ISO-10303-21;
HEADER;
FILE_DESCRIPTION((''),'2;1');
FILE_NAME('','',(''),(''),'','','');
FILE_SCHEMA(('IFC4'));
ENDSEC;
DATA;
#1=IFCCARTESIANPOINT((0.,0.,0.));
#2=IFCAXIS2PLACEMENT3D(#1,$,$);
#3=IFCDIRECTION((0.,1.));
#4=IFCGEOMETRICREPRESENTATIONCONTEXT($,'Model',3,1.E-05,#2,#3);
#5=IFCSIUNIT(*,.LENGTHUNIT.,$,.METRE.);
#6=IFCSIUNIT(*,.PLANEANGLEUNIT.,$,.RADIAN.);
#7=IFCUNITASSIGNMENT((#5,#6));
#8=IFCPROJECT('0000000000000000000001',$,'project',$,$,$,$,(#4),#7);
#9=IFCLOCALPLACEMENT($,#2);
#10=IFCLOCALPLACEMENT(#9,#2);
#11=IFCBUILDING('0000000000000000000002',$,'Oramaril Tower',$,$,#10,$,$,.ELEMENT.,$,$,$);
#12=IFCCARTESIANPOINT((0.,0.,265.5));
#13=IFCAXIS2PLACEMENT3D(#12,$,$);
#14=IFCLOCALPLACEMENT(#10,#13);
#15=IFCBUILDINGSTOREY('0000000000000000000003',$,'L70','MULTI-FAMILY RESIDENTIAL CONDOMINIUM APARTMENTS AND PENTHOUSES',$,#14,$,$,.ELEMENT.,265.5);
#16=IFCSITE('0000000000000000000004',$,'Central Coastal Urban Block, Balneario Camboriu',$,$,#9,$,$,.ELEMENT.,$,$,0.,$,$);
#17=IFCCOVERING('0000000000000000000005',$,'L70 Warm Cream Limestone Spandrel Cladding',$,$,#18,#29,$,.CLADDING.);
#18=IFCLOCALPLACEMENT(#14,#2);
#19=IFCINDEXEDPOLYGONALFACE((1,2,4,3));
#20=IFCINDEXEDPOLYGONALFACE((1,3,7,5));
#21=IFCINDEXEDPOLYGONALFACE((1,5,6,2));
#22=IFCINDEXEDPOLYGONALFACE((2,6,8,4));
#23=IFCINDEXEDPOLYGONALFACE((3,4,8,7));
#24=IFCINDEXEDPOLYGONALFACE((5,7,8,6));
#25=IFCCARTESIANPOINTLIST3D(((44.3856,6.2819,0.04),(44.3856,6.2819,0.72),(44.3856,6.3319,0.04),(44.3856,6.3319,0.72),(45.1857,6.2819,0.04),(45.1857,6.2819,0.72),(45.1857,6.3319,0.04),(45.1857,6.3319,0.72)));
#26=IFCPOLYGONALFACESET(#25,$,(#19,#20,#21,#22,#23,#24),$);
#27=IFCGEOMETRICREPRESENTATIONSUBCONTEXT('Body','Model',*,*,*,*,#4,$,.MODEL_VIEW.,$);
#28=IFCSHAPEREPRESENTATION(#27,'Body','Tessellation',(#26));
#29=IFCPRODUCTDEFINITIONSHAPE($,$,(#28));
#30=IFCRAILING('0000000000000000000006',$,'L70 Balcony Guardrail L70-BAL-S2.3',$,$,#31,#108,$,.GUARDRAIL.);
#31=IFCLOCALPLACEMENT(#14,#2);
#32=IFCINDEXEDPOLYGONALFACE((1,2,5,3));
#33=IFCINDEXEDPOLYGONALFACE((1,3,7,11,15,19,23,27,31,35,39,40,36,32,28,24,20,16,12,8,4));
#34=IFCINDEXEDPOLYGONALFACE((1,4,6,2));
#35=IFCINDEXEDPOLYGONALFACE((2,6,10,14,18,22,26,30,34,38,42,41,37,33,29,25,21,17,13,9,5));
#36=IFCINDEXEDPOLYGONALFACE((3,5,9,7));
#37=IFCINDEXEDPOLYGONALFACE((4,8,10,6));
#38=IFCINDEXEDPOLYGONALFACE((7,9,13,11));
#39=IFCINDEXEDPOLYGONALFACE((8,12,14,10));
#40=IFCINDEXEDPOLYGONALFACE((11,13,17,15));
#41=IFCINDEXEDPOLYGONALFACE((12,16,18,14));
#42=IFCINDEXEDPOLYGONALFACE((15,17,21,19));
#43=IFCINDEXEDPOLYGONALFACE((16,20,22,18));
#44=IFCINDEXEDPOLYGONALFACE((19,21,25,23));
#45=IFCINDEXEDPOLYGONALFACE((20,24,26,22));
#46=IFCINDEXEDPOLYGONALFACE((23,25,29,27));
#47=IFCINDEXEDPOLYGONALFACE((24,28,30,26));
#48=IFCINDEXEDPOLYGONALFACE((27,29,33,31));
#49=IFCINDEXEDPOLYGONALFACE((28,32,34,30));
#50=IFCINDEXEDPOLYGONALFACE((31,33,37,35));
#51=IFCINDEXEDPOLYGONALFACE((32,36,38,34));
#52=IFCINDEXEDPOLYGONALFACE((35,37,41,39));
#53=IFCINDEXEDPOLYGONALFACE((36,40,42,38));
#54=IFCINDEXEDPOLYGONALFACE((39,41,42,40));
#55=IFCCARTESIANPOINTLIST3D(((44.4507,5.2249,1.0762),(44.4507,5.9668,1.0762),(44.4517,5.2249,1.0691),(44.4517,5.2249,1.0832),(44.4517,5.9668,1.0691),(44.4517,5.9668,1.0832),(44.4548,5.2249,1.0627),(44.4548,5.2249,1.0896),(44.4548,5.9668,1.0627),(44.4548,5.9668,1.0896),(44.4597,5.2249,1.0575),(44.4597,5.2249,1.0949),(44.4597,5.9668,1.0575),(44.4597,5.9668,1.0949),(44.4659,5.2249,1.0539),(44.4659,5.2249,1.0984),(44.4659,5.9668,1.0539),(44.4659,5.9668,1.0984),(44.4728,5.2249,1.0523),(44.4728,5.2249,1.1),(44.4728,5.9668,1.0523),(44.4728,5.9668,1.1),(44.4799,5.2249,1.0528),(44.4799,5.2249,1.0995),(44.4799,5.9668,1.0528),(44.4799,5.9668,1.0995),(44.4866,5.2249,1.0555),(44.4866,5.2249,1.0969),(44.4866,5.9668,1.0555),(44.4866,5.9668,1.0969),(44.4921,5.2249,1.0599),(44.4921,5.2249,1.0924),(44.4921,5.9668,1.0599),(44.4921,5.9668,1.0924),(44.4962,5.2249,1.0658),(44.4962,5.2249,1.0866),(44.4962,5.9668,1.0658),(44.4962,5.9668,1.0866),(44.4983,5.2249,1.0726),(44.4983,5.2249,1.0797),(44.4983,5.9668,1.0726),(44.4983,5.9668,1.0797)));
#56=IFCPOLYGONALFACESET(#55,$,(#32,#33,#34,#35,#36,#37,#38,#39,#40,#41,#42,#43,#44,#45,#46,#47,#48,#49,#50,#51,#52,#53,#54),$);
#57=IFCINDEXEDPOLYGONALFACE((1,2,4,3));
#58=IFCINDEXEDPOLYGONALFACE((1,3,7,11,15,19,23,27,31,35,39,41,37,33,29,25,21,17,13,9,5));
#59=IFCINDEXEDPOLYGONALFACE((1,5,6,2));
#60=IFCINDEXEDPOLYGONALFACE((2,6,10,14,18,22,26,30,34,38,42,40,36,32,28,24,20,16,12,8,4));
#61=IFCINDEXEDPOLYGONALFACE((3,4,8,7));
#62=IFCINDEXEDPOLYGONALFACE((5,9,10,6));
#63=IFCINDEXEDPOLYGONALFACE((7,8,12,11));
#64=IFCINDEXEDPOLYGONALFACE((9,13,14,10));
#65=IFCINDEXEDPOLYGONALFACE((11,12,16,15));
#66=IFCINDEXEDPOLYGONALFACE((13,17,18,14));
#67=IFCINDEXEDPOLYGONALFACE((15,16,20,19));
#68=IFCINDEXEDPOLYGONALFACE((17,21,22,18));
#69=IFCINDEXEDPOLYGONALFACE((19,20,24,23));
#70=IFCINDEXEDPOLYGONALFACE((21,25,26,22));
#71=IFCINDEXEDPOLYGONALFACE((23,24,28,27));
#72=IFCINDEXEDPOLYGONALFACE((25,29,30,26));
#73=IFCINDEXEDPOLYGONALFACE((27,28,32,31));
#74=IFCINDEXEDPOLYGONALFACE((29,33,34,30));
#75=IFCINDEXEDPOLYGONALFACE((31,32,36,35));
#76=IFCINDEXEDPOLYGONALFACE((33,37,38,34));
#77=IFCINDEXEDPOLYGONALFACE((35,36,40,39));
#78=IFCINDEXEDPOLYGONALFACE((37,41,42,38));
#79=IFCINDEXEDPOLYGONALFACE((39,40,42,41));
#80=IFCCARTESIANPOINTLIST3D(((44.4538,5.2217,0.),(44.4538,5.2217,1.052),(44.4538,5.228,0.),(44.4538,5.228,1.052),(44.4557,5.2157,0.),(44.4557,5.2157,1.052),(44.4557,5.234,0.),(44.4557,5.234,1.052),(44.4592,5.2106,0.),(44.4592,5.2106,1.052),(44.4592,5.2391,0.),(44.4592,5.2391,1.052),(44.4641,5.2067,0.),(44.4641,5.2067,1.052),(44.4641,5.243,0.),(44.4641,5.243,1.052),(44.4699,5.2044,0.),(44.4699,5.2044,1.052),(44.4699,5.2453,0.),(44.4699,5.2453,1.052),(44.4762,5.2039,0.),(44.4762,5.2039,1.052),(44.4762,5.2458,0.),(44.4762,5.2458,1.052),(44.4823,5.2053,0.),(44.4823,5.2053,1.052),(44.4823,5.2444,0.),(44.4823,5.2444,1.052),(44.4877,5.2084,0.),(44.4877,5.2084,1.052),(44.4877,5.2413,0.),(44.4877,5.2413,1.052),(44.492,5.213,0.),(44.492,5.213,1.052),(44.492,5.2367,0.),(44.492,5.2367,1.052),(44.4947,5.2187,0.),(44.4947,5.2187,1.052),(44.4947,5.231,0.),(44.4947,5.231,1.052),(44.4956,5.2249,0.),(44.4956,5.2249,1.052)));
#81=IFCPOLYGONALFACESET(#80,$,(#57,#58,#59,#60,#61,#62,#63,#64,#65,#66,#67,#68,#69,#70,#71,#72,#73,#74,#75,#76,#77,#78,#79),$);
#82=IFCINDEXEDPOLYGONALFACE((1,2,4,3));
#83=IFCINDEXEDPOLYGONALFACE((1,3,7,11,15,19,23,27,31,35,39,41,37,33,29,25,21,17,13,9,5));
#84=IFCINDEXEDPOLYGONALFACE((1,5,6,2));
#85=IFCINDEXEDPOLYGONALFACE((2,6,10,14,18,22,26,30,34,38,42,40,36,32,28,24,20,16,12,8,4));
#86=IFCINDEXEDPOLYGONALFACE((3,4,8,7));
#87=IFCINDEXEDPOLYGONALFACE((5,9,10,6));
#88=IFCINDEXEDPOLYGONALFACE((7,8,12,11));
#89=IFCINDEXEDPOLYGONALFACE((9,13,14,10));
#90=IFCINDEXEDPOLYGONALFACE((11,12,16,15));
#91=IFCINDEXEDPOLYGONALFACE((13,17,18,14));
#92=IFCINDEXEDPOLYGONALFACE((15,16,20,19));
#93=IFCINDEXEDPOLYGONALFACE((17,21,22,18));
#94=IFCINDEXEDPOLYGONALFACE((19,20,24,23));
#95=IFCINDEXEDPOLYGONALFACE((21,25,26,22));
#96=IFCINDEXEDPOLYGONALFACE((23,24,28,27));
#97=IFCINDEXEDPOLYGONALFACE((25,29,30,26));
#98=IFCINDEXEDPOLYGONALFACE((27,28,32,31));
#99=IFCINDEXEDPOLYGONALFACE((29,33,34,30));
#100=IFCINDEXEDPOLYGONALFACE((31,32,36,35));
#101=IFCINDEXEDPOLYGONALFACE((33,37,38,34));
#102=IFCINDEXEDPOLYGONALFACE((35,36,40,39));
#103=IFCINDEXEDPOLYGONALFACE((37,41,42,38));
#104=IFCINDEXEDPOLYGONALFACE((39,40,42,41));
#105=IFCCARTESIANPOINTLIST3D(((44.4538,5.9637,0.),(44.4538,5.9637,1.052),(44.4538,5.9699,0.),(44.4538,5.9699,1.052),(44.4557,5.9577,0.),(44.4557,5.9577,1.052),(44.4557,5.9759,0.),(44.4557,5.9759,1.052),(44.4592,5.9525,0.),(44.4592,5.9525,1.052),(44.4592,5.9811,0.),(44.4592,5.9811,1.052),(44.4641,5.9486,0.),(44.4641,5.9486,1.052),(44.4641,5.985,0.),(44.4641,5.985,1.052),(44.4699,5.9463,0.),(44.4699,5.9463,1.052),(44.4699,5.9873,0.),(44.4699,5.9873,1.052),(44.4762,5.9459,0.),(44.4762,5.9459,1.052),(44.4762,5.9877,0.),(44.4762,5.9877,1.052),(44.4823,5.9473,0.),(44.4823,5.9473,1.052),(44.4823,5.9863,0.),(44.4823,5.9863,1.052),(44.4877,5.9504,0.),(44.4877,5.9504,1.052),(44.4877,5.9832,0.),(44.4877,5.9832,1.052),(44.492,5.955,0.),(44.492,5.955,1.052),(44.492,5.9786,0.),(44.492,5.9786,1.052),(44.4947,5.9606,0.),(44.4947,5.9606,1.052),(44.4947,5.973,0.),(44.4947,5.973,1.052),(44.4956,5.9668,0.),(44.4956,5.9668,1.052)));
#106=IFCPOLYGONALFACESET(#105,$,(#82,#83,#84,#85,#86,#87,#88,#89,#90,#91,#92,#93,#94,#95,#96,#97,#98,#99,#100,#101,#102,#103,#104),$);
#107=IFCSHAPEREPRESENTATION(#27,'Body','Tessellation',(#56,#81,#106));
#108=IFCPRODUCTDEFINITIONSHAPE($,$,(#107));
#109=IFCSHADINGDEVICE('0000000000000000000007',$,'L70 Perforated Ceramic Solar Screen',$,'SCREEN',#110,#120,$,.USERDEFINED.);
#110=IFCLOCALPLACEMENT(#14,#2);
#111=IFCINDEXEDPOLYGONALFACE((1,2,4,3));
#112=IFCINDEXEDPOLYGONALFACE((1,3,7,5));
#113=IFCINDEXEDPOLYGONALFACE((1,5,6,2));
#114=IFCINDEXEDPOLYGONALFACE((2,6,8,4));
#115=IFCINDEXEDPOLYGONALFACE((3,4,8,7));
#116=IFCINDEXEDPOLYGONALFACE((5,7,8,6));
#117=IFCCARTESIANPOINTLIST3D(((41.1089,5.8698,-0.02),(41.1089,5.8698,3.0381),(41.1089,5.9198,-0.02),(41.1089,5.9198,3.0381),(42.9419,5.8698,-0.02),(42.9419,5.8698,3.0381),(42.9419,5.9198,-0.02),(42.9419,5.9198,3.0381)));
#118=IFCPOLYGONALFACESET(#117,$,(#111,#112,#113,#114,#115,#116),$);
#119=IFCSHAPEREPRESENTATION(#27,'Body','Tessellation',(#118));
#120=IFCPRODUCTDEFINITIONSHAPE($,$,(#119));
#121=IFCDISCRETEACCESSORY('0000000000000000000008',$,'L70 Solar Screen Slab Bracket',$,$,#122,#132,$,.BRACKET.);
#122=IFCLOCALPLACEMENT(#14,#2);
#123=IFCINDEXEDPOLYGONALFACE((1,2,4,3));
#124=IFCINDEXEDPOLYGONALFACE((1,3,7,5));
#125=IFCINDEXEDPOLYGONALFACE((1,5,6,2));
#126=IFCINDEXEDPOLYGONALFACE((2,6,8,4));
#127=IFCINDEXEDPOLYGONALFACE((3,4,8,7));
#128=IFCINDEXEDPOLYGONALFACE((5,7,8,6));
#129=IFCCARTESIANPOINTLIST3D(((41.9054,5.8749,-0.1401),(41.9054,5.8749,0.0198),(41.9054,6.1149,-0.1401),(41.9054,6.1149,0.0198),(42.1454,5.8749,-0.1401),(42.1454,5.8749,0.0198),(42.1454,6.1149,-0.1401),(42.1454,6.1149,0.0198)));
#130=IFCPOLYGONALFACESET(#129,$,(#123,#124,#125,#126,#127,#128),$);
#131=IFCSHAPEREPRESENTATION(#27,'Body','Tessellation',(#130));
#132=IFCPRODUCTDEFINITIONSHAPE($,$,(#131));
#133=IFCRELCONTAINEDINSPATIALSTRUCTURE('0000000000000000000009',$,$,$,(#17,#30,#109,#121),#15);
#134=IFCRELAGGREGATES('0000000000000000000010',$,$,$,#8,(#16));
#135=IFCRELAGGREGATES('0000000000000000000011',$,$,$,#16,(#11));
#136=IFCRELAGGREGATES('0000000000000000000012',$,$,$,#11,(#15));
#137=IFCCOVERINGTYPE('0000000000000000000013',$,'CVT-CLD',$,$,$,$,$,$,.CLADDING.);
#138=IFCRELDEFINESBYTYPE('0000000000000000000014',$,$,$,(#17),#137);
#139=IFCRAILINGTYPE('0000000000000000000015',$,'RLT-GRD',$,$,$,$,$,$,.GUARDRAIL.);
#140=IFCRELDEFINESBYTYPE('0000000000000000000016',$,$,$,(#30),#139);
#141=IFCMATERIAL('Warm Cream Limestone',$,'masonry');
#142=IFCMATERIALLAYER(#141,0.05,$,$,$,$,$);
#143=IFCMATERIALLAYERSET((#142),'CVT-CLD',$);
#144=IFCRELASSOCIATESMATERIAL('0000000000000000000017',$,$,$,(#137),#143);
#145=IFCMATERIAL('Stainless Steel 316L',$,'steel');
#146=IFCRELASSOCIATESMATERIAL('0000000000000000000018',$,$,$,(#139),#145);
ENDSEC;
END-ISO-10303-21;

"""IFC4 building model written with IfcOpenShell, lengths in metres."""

from ifc_helpers import new_model, si_unit, direction, frame, origin, origin_2d, place, context, subcontext, project, spatial, rectangle, circle, extrude, material, layer, layer_set, type_object, element, save


model = new_model("IFC4")

# Units and contexts
model_context = context("Model", 3, precision=1e-05, world=origin(), true_north=direction((0.0, 1.0)))
body_context = subcontext(model_context, "Body", "Model", "MODEL_VIEW")
ifc_project = project(units=[si_unit("LENGTHUNIT", "METRE"), si_unit("PLANEANGLEUNIT", "RADIAN")], contexts=[model_context])

# Site, building, storey
site_placement = place(None, origin())
site = spatial("IfcSite", under=ifc_project, at=site_placement, Name="Central Coastal Urban Block, Balneario Camboriu", CompositionType="ELEMENT", RefElevation=0.0)
building_placement = place(site_placement, origin())
building = spatial("IfcBuilding", under=site, at=building_placement, Name="Oramaril Tower", CompositionType="ELEMENT")
storey_placement = place(building_placement, frame((0.0, 0.0, 265.5)))
storey = spatial("IfcBuildingStorey", under=building, at=storey_placement, Name="L70", Description="MULTI-FAMILY RESIDENTIAL CONDOMINIUM APARTMENTS AND PENTHOUSES", CompositionType="ELEMENT", Elevation=265.5)

# Covering
ifc_material_1 = material(Name="Warm Cream Limestone", Category="masonry")
ifc_layer_1 = layer(ifc_material_1, 0.05)
ifc_layer_set_1 = layer_set([ifc_layer_1], Name="CVT-CLD")
covering_type = type_object("IfcCoveringType", Name="CVT-CLD", PredefinedType="CLADDING", material=ifc_layer_set_1)
covering_1_placement = place(storey_placement, frame((44.7856, 6.3069, 0.04), z_axis=(0.0, 0.0, 1.0), x_axis=(1.0, 0.0, 0.0)))
element("IfcCovering", 1, at=covering_1_placement, inside=storey, type_object=covering_type, Name="L70 Warm Cream Limestone Spandrel Cladding", PredefinedType="CLADDING", context=body_context, shape_type="SweptSolid", body=[
    extrude(rectangle(XDim=0.8, YDim=0.05, at=origin_2d()), origin(), (0.0, 0.0, 1.0), 0.6799),
])

# Railing
ifc_material_2 = material(Name="Stainless Steel 316L", Category="steel")
railing_type = type_object("IfcRailingType", Name="RLT-GRD", PredefinedType="GUARDRAIL", material=ifc_material_2)
railing_placement = place(storey_placement, frame((44.4746, 5.2249, 0.0)))
element("IfcRailing", 2, at=railing_placement, inside=storey, type_object=railing_type, Name="L70 Balcony Guardrail L70-BAL-S2.3", PredefinedType="GUARDRAIL", context=body_context, shape_type="SweptSolid", body=[
    extrude(circle(Radius=0.0239, at=origin_2d()), frame((0.0, 0.0, 1.0762), z_axis=(0.0, 1.0, 0.0), x_axis=(-1.0, 0.0, 0.0)), (0.0, 0.0, 1.0), 0.7419),
    extrude(circle(Radius=0.021, at=origin_2d()), origin(), (0.0, 0.0, 1.0), 1.052),
    extrude(circle(Radius=0.021, at=origin_2d()), frame((0.0, 0.7419, 0.0)), (0.0, 0.0, 1.0), 1.052),
])

# Shading device
shading_device_placement = place(storey_placement, frame((42.0254, 5.8948, -0.02), z_axis=(0.0, 0.0, 1.0), x_axis=(1.0, 0.0, 0.0)))
element("IfcShadingDevice", 3, at=shading_device_placement, inside=storey, Name="L70 Perforated Ceramic Solar Screen", ObjectType="SCREEN", PredefinedType="USERDEFINED", context=body_context, shape_type="SweptSolid", body=[
    extrude(rectangle(XDim=1.833, YDim=0.05, at=origin_2d()), origin(), (0.0, 0.0, 1.0), 3.0581),
])

# Discrete accessory
discrete_accessory_placement = place(storey_placement, frame((42.0254, 5.9949, -0.1401), z_axis=(0.0, 0.0, 1.0), x_axis=(1.0, 0.0, 0.0)))
element("IfcDiscreteAccessory", 4, at=discrete_accessory_placement, inside=storey, Name="L70 Solar Screen Slab Bracket", PredefinedType="BRACKET", context=body_context, shape_type="SweptSolid", body=[
    extrude(rectangle(XDim=0.24, YDim=0.24, at=origin_2d()), origin(), (0.0, 0.0, 1.0), 0.1599),
])

save(model, "model.ifc")
